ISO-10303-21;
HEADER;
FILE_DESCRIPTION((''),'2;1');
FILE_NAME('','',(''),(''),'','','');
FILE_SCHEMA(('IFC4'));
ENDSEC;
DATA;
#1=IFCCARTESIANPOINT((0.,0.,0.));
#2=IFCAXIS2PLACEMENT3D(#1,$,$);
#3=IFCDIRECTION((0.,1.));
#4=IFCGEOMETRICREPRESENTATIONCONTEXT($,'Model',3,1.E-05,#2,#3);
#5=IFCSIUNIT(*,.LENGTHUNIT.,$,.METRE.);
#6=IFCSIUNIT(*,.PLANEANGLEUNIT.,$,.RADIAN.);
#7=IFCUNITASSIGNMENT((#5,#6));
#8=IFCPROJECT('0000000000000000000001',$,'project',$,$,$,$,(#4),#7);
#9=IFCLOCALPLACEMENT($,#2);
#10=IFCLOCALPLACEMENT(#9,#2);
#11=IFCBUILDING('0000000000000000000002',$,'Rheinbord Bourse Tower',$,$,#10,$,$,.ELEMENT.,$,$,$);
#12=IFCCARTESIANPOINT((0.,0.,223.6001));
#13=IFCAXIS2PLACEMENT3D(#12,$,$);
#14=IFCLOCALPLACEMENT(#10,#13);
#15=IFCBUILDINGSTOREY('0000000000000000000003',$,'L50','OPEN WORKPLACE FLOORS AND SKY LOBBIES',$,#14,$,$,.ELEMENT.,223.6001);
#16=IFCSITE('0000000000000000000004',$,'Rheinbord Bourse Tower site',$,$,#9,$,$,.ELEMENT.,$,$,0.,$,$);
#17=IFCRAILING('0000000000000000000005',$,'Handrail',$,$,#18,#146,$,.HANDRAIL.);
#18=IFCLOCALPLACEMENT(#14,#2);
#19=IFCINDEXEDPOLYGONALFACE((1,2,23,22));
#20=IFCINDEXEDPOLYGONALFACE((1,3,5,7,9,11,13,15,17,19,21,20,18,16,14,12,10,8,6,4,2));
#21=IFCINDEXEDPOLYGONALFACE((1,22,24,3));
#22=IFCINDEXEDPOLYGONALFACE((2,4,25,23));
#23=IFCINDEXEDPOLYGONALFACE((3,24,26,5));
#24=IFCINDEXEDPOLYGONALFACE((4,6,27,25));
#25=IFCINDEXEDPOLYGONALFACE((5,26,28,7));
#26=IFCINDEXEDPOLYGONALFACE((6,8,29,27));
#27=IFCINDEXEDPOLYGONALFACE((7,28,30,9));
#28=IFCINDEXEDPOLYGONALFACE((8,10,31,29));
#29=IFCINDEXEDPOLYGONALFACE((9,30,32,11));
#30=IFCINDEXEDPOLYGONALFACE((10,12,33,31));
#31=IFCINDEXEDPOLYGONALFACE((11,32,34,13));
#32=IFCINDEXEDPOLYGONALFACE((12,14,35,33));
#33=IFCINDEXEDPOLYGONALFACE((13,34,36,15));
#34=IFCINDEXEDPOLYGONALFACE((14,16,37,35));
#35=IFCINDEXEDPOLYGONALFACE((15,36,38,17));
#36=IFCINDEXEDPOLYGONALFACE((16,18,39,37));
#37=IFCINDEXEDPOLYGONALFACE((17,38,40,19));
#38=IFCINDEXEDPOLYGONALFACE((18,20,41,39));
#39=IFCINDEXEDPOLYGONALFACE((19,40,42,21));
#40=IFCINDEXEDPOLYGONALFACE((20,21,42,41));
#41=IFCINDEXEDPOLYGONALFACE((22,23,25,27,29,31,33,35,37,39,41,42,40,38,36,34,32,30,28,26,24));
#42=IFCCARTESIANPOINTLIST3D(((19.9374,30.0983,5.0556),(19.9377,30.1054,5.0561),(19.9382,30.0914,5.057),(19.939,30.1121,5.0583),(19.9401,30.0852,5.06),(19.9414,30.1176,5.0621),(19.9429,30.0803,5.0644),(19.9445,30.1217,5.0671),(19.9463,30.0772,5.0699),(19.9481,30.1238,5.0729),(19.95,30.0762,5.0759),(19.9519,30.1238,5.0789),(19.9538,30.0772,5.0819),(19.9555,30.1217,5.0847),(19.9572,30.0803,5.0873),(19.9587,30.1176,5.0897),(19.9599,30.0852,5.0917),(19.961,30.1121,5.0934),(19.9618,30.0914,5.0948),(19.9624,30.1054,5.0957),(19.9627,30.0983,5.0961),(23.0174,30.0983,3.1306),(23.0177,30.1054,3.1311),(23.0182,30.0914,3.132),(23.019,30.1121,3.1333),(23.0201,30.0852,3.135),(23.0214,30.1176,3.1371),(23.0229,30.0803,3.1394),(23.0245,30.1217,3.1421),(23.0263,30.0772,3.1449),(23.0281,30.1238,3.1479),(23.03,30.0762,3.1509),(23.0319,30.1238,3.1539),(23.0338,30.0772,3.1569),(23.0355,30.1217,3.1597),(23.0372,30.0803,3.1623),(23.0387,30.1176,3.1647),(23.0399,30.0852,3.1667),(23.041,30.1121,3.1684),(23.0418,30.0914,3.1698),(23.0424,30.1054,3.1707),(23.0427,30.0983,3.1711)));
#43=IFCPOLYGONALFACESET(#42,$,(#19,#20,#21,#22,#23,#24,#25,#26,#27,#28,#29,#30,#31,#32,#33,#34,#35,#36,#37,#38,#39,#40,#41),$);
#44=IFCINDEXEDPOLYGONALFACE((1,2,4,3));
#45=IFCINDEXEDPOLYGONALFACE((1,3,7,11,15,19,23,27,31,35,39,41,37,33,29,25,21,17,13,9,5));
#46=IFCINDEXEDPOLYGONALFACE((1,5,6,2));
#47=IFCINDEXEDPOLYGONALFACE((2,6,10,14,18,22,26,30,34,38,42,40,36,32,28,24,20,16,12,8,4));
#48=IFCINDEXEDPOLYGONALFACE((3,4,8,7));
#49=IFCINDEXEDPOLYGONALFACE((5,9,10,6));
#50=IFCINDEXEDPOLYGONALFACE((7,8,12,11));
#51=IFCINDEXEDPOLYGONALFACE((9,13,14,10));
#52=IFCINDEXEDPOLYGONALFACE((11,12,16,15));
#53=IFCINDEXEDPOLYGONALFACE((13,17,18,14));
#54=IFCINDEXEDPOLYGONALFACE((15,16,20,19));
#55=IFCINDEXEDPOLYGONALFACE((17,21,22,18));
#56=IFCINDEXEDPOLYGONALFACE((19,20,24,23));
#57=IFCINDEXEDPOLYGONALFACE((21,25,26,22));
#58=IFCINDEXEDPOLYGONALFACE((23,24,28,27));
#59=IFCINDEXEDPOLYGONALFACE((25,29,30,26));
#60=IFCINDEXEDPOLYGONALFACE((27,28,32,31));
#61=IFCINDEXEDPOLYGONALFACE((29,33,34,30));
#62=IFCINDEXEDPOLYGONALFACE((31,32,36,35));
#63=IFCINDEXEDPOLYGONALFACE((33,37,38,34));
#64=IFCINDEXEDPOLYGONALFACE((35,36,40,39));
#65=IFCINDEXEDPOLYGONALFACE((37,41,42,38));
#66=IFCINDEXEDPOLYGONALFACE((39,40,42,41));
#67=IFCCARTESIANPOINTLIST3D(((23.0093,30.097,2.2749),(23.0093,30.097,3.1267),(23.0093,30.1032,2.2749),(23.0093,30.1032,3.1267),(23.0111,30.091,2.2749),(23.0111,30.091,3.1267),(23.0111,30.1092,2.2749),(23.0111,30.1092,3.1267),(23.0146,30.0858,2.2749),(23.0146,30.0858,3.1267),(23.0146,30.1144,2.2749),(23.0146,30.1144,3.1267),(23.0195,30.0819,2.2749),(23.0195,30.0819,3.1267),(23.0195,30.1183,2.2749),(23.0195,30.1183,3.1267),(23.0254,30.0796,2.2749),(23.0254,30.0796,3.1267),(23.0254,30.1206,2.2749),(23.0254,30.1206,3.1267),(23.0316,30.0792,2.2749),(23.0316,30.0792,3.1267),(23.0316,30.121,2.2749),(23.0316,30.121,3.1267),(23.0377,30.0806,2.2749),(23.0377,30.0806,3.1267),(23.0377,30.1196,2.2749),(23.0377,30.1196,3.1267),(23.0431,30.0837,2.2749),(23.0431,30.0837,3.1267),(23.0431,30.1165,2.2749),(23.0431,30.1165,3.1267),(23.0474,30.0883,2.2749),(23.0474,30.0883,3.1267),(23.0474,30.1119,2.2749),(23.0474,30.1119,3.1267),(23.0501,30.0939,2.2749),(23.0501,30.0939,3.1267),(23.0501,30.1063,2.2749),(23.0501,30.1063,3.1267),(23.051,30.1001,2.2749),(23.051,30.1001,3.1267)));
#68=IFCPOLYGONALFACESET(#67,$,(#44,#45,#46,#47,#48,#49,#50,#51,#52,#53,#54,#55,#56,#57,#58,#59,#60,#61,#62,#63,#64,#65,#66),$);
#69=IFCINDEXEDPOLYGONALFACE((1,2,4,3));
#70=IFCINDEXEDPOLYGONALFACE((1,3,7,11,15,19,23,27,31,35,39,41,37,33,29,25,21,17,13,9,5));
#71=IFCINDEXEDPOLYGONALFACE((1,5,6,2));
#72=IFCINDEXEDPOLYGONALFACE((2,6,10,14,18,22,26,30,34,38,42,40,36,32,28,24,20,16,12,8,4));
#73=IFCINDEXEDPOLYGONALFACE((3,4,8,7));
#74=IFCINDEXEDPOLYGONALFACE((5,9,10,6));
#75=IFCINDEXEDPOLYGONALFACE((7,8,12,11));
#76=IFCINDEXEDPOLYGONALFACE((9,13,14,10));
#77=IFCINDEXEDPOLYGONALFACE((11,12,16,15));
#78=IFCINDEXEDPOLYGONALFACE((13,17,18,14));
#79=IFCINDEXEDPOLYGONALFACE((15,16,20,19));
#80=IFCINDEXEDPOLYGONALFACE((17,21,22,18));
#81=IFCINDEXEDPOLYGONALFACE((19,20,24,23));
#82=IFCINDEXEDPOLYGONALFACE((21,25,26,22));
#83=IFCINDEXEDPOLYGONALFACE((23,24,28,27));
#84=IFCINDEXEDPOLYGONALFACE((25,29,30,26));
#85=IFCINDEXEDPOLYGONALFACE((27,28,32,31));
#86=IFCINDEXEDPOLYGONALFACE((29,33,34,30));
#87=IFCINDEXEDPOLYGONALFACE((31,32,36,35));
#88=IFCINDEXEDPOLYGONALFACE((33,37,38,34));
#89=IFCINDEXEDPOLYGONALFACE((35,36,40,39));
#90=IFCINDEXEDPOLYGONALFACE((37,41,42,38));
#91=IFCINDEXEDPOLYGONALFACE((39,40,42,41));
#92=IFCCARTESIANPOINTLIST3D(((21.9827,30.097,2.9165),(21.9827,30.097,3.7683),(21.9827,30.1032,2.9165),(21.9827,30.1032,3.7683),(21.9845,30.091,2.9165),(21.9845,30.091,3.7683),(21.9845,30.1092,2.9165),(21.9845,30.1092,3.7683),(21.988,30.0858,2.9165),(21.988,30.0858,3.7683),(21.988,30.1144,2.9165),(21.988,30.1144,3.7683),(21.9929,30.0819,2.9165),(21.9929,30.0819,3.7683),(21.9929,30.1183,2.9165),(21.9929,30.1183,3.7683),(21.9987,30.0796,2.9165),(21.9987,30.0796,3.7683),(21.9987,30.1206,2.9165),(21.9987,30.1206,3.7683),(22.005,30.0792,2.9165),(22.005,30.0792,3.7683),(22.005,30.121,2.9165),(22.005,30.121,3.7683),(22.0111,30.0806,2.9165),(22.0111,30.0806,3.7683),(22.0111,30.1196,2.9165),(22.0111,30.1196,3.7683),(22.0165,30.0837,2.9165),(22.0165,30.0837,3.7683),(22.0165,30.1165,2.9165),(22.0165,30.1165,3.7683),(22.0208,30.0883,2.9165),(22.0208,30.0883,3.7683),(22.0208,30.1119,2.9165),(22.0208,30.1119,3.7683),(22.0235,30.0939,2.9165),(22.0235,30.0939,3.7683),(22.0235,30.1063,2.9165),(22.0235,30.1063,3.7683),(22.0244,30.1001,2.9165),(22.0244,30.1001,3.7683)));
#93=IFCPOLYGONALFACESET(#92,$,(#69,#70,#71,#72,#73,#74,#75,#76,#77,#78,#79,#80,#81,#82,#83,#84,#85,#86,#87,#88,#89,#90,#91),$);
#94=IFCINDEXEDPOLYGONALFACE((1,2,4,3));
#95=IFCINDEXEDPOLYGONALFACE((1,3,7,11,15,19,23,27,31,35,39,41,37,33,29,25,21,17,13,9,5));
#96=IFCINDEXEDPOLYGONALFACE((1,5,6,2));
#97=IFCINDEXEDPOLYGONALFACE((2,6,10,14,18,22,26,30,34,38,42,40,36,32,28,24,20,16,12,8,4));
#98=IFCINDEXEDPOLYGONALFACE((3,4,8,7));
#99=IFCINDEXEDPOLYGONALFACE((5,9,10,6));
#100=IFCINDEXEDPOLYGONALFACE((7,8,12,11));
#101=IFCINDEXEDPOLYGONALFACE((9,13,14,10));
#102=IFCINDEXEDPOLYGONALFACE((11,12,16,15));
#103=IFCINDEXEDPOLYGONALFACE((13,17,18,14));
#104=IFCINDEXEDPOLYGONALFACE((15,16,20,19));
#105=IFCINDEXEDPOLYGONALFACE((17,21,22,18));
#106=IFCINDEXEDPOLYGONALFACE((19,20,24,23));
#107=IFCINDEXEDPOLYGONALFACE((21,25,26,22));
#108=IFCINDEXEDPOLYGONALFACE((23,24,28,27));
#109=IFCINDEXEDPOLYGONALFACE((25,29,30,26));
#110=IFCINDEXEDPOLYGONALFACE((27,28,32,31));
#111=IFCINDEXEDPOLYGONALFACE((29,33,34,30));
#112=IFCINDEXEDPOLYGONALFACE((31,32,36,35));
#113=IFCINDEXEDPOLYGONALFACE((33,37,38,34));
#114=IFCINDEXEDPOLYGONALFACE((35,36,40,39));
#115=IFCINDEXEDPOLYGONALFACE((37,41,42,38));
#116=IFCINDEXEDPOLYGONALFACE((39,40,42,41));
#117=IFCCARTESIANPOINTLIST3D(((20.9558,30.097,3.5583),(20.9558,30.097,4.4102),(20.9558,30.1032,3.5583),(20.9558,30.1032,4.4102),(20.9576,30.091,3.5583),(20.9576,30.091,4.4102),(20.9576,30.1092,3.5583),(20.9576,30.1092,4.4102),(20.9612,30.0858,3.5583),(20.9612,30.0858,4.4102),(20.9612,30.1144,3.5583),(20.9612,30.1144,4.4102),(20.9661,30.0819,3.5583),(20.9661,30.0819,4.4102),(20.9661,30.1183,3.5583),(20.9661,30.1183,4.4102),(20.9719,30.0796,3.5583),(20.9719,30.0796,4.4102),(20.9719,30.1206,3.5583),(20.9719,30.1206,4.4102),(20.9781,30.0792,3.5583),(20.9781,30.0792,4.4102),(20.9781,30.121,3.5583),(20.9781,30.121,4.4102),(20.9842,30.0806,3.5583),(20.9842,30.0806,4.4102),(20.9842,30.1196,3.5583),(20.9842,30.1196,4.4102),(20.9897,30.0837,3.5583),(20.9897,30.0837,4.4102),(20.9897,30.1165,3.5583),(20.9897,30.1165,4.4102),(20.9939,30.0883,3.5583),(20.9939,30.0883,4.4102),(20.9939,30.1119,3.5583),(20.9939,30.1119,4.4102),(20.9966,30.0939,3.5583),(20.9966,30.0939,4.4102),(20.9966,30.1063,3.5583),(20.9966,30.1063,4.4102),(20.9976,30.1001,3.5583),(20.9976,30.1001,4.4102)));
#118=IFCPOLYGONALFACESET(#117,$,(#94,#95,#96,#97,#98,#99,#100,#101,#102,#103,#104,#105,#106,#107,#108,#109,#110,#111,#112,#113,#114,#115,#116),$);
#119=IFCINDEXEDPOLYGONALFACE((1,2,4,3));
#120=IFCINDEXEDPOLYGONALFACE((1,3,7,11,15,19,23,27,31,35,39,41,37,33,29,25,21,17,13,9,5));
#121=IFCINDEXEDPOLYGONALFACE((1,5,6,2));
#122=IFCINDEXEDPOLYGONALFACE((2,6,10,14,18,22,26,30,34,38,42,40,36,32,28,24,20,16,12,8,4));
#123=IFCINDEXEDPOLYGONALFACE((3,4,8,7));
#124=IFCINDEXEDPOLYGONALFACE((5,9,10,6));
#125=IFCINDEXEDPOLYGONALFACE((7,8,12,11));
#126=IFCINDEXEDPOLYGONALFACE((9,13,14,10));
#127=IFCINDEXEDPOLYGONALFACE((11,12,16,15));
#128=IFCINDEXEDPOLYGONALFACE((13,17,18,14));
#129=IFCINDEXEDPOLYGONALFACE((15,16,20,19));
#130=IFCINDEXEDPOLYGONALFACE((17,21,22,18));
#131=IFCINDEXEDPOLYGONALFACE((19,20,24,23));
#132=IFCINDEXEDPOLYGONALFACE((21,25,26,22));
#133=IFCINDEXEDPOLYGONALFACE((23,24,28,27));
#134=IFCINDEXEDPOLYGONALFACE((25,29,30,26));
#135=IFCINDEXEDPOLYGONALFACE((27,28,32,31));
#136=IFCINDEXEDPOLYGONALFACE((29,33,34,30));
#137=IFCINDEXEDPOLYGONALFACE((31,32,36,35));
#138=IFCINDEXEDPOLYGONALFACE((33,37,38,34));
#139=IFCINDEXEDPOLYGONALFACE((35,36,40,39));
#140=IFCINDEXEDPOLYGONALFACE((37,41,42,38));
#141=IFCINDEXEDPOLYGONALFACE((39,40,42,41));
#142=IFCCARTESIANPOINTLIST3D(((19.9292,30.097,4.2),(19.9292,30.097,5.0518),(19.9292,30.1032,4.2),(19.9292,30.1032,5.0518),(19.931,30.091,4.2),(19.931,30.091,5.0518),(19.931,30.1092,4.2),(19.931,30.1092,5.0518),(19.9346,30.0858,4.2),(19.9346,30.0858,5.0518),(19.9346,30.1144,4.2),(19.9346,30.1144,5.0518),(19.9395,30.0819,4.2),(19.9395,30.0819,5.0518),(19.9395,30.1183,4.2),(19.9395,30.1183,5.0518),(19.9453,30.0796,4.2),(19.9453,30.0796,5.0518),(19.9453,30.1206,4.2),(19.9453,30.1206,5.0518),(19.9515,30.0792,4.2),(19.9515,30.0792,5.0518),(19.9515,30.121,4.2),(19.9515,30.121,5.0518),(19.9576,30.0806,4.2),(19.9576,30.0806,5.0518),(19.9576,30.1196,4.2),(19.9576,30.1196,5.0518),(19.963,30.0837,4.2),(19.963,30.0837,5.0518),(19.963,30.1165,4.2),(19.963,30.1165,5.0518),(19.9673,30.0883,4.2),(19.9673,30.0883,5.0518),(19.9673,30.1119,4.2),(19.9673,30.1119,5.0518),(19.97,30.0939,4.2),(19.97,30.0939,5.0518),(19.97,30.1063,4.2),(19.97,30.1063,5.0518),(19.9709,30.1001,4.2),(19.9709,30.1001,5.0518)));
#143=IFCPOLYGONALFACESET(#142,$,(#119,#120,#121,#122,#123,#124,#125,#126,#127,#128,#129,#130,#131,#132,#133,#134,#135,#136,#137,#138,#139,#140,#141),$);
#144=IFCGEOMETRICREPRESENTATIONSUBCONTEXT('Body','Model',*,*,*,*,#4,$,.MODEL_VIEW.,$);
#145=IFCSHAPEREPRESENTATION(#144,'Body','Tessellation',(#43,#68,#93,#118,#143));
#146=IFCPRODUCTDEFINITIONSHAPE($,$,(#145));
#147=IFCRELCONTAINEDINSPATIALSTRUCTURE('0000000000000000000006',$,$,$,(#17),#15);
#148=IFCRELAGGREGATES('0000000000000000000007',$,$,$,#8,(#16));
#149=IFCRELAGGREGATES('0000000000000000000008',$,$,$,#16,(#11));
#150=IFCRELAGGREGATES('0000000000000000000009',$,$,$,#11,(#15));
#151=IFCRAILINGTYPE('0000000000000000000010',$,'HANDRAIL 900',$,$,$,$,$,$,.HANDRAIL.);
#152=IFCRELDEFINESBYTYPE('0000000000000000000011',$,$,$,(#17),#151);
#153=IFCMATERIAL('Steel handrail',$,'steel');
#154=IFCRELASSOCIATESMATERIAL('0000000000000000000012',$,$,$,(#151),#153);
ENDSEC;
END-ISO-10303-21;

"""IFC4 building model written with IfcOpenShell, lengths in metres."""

from ifc_helpers import new_model, si_unit, direction, frame, origin, origin_2d, place, context, subcontext, project, spatial, circle, extrude, material, type_object, element, save


model = new_model("IFC4")

# Units and contexts
model_context = context("Model", 3, precision=1e-05, world=origin(), true_north=direction((0.0, 1.0)))
body_context = subcontext(model_context, "Body", "Model", "MODEL_VIEW")
ifc_project = project(units=[si_unit("LENGTHUNIT", "METRE"), si_unit("PLANEANGLEUNIT", "RADIAN")], contexts=[model_context])

# Site, building, storey
site_placement = place(None, origin())
site = spatial("IfcSite", under=ifc_project, at=site_placement, Name="Rheinbord Bourse Tower site", CompositionType="ELEMENT", RefElevation=0.0)
building_placement = place(site_placement, origin())
building = spatial("IfcBuilding", under=site, at=building_placement, Name="Rheinbord Bourse Tower", CompositionType="ELEMENT")
storey_placement = place(building_placement, frame((0.0, 0.0, 223.6001)))
storey = spatial("IfcBuildingStorey", under=building, at=storey_placement, Name="L50", Description="OPEN WORKPLACE FLOORS AND SKY LOBBIES", CompositionType="ELEMENT", Elevation=223.6001)

# Railing
ifc_material_1 = material(Name="Steel handrail", Category="steel")
railing_type = type_object("IfcRailingType", Name="HANDRAIL 900", PredefinedType="HANDRAIL", material=ifc_material_1)
railing_1_placement = place(storey_placement, frame((23.03, 30.1001, 2.2749)))
element("IfcRailing", 1, at=railing_1_placement, inside=storey, type_object=railing_type, Name="Handrail", PredefinedType="HANDRAIL", context=body_context, shape_type="SweptSolid", body=[
    extrude(circle(Radius=0.0239, at=origin_2d()), frame((0.0, 0.0, 0.876), z_axis=(-0.847998, 0.0, 0.529999), x_axis=(0.0, -1.0, 0.0)), (0.0, 0.0, 1.0), 3.6321),
    extrude(circle(Radius=0.021, at=origin_2d()), origin(), (0.0, 0.0, 1.0), 0.8518),
    extrude(circle(Radius=0.021, at=origin_2d()), frame((-1.0266, 0.0, 0.6416)), (0.0, 0.0, 1.0), 0.8518),
    extrude(circle(Radius=0.021, at=origin_2d()), frame((-2.0535, 0.0, 1.2834)), (0.0, 0.0, 1.0), 0.8518),
    extrude(circle(Radius=0.021, at=origin_2d()), frame((-3.0801, 0.0, 1.925)), (0.0, 0.0, 1.0), 0.8518),
])

save(model, "model.ifc")
